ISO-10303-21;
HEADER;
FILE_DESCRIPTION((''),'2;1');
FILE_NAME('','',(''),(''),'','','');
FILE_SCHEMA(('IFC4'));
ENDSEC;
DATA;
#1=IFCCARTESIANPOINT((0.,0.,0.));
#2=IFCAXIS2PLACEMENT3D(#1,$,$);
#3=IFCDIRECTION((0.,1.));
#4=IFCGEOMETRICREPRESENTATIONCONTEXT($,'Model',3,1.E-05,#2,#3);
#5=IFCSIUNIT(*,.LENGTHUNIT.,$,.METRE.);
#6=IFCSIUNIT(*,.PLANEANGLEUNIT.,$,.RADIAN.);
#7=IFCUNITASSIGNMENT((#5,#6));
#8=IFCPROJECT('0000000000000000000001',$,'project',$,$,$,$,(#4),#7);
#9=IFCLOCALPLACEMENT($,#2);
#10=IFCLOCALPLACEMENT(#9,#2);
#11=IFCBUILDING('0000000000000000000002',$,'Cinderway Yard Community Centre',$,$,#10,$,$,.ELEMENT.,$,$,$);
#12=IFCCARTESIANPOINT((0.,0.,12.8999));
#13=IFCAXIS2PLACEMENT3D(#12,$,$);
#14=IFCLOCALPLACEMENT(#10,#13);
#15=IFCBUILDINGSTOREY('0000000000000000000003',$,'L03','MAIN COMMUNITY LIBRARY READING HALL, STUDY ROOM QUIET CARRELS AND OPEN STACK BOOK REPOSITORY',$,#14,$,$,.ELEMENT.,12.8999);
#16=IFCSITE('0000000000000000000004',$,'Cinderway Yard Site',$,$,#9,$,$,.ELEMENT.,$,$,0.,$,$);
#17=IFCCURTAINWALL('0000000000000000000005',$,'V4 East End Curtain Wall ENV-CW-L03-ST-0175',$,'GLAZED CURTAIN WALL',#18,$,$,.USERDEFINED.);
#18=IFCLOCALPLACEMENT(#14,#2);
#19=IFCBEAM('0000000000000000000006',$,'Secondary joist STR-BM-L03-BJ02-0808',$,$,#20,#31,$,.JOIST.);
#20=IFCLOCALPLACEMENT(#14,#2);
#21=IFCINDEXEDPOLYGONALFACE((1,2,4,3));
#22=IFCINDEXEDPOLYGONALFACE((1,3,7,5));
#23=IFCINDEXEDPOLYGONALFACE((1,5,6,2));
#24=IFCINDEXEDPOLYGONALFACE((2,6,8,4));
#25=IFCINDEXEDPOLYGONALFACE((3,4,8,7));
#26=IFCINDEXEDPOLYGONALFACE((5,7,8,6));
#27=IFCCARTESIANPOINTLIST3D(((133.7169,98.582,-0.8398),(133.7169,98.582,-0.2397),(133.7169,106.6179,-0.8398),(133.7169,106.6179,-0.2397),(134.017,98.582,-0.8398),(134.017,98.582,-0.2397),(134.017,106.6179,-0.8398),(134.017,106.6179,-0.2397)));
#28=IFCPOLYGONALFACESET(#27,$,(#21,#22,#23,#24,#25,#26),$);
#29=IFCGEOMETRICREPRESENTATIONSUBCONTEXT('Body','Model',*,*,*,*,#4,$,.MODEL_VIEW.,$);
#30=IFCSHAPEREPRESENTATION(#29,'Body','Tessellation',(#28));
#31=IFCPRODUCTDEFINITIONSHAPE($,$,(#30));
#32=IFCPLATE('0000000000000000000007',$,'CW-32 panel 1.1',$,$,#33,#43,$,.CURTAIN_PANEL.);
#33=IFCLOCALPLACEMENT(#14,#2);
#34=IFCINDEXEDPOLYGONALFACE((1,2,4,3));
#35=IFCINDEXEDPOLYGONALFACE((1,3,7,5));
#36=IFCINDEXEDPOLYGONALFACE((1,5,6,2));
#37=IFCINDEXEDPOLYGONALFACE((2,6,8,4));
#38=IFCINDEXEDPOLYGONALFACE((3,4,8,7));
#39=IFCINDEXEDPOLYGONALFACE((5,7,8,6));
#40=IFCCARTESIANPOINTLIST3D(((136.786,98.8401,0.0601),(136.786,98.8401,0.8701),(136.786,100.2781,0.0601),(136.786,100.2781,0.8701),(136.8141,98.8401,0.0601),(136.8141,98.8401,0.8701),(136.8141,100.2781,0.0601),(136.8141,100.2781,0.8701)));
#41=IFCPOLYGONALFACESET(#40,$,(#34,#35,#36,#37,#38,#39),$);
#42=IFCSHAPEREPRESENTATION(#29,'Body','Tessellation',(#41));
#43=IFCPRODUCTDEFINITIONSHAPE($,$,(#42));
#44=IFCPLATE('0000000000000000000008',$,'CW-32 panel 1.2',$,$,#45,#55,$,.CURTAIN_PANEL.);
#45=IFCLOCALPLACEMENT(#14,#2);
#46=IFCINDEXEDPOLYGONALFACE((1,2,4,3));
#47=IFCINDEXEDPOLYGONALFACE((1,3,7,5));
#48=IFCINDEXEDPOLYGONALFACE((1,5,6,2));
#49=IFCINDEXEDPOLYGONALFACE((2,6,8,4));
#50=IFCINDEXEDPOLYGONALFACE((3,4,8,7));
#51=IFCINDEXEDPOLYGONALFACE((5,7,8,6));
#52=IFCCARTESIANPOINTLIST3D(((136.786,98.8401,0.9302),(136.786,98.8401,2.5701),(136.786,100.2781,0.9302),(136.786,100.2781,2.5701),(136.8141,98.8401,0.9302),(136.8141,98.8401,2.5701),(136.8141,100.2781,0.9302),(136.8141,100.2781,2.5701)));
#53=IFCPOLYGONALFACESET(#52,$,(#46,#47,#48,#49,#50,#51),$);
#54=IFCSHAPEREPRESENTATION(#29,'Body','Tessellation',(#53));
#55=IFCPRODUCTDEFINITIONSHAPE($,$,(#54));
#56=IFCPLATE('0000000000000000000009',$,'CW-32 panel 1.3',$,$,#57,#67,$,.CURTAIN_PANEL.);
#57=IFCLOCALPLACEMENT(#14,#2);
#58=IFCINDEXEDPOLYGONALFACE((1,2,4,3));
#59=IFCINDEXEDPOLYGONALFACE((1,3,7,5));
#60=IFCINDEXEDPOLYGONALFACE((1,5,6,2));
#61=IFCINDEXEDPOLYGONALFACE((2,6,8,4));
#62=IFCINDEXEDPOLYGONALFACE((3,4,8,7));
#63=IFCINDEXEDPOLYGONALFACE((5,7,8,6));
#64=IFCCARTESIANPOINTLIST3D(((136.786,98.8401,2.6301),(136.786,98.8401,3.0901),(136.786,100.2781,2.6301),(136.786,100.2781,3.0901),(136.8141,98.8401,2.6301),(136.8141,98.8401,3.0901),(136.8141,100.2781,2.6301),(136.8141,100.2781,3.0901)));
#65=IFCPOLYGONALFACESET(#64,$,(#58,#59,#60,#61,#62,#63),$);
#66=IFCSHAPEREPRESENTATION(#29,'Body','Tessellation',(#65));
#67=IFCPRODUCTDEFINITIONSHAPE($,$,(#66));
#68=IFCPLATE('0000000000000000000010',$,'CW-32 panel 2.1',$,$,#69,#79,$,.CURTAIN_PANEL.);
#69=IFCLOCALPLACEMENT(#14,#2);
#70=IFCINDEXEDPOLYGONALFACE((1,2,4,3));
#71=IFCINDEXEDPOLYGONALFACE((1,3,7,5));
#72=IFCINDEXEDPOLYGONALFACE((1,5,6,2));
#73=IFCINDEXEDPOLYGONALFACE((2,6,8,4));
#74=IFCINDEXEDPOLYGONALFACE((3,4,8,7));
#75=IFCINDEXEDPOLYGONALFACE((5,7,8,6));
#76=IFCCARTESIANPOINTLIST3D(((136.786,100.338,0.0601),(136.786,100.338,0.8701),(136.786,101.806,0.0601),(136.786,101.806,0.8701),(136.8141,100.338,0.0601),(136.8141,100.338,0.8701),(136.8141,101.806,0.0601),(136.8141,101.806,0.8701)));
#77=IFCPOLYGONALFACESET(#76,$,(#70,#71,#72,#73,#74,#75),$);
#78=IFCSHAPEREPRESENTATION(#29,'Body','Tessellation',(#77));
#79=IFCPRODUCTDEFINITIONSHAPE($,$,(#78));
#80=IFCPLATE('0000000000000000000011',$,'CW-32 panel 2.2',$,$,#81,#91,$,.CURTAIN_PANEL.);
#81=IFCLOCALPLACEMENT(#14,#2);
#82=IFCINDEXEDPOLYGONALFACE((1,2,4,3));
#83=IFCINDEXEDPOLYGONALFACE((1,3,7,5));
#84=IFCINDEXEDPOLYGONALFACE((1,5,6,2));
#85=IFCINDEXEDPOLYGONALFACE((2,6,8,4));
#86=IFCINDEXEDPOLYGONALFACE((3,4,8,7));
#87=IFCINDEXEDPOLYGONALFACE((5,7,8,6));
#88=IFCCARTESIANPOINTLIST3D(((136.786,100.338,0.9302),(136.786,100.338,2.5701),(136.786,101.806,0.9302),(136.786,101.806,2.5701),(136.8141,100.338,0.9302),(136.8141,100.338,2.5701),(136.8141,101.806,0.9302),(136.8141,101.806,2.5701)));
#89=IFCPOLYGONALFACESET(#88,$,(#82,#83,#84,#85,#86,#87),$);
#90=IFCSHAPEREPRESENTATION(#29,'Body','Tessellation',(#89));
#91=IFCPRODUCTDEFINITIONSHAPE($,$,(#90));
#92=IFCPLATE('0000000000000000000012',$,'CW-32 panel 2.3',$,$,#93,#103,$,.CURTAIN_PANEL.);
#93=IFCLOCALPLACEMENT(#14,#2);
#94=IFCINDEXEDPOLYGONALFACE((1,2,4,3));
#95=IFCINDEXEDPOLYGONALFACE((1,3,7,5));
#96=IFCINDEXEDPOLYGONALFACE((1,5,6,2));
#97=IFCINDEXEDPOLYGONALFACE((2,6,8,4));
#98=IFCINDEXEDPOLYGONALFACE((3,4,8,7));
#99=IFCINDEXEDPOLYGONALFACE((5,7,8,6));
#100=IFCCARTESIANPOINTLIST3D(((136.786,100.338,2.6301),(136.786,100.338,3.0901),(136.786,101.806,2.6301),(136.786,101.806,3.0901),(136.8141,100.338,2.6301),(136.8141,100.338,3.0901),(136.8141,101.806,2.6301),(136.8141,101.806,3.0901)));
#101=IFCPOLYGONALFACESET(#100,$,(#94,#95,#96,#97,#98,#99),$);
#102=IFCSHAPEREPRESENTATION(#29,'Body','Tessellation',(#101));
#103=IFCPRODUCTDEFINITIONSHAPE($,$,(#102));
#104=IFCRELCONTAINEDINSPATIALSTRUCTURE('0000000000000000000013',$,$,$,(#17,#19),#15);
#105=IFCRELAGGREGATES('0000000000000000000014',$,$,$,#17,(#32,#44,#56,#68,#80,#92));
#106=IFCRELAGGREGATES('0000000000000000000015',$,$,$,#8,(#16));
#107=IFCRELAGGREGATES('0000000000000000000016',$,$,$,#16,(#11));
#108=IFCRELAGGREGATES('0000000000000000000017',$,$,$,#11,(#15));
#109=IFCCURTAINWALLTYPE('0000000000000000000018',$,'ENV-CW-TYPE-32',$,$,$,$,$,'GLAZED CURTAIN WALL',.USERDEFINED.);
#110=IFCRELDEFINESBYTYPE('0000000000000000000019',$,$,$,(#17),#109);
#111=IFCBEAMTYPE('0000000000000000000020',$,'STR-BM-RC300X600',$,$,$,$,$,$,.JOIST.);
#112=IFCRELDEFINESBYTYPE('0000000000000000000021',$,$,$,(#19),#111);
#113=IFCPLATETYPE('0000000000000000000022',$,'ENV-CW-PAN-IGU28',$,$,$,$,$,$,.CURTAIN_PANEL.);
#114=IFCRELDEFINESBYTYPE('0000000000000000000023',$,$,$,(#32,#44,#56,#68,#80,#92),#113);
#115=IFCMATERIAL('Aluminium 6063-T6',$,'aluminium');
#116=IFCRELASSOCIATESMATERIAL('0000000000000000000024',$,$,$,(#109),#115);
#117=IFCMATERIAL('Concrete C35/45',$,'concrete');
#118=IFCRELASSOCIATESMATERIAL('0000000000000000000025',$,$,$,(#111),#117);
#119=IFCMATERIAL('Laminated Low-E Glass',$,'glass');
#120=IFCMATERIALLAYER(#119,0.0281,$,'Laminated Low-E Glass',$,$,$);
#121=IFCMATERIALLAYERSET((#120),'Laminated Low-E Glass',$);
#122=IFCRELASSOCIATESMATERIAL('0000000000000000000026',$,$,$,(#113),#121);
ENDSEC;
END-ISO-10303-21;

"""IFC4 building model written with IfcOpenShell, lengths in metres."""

from ifc_helpers import new_model, si_unit, direction, frame, origin, origin_2d, place, context, subcontext, project, spatial, rectangle, extrude, material, layer, layer_set, material_profile, profile_set, type_object, element, aggregate, save


model = new_model("IFC4")

# Units and contexts
model_context = context("Model", 3, precision=1e-05, world=origin(), true_north=direction((0.0, 1.0)))
body_context = subcontext(model_context, "Body", "Model", "MODEL_VIEW")
ifc_project = project(units=[si_unit("LENGTHUNIT", "METRE"), si_unit("PLANEANGLEUNIT", "RADIAN")], contexts=[model_context])

# Site, building, storey
site_placement = place(None, origin())
site = spatial("IfcSite", under=ifc_project, at=site_placement, Name="Cinderway Yard Site", CompositionType="ELEMENT", RefElevation=0.0)
building_placement = place(site_placement, origin())
building = spatial("IfcBuilding", under=site, at=building_placement, Name="Cinderway Yard Community Centre", CompositionType="ELEMENT")
storey_placement = place(building_placement, frame((0.0, 0.0, 12.8999)))
storey = spatial("IfcBuildingStorey", under=building, at=storey_placement, Name="L03", Description="MAIN COMMUNITY LIBRARY READING HALL, STUDY ROOM QUIET CARRELS AND OPEN STACK BOOK REPOSITORY", CompositionType="ELEMENT", Elevation=12.8999)

# Curtain wall
ifc_material_1 = material(Name="Aluminium 6063-T6", Category="aluminium")
curtain_wall_type = type_object("IfcCurtainWallType", Name="ENV-CW-TYPE-32", ElementType="GLAZED CURTAIN WALL", PredefinedType="USERDEFINED", material=ifc_material_1)
curtain_wall_placement = place(storey_placement, origin())
curtain_wall = element("IfcCurtainWall", 1, at=curtain_wall_placement, inside=storey, type_object=curtain_wall_type, Name="V4 East End Curtain Wall ENV-CW-L03-ST-0175", ObjectType="GLAZED CURTAIN WALL", PredefinedType="USERDEFINED")

# Beam
ifc_material_2 = material(Name="Concrete C35/45", Category="concrete")
ifc_material_profile_1 = material_profile(ifc_material_2, rectangle(XDim=0.3, YDim=0.6001, at=origin_2d()), Name="Concrete C35/45")
ifc_profile_set_1 = profile_set([ifc_material_profile_1], Name="Concrete C35/45")
beam_type_1 = type_object("IfcBeamType", Name="STR-BM-RC300X600", PredefinedType="JOIST", material=ifc_profile_set_1)
for number, where, z_axis, x_axis, name in (
    (2, (133.8669, 98.582, -0.5398), (0.0, 1.0, 0.0), (-1.0, 0.0, 0.0), "Secondary joist STR-BM-L03-BJ02-0808"),
):
    element("IfcBeam", number, at=place(storey_placement, frame(where, z_axis=z_axis, x_axis=x_axis)), inside=storey, type_object=beam_type_1, Name=name, PredefinedType="JOIST", context=body_context, shape_type="SweptSolid", body=[
        extrude(rectangle(XDim=0.3, YDim=0.6001, at=origin_2d()), origin(), (0.0, 0.0, 1.0), 8.0359),
    ])

# Plates
ifc_material_3 = material(Name="Laminated Low-E Glass", Category="glass")
ifc_layer = layer(ifc_material_3, 0.0281, Name="Laminated Low-E Glass")
ifc_layer_set = layer_set([ifc_layer], Name="Laminated Low-E Glass")
plate_type = type_object("IfcPlateType", Name="ENV-CW-PAN-IGU28", PredefinedType="CURTAIN_PANEL", material=ifc_layer_set)
plate_1_placement = place(storey_placement, frame((136.8, 99.5591, 0.0601), z_axis=(0.0, 0.0, 1.0), x_axis=(0.0, 1.0, 0.0)))
plate_1 = element("IfcPlate", 3, at=plate_1_placement, type_object=plate_type, Name="CW-32 panel 1.1", PredefinedType="CURTAIN_PANEL", context=body_context, shape_type="SweptSolid", body=[
    extrude(rectangle(XDim=1.438, YDim=0.0281, at=origin_2d()), origin(), (0.0, 0.0, 1.0), 0.8101),
])
plate_2_placement = place(storey_placement, frame((136.8, 99.5591, 0.9302), z_axis=(0.0, 0.0, 1.0), x_axis=(0.0, 1.0, 0.0)))
plate_2 = element("IfcPlate", 4, at=plate_2_placement, type_object=plate_type, Name="CW-32 panel 1.2", PredefinedType="CURTAIN_PANEL", context=body_context, shape_type="SweptSolid", body=[
    extrude(rectangle(XDim=1.438, YDim=0.0281, at=origin_2d()), origin(), (0.0, 0.0, 1.0), 1.6399),
])
plate_3_placement = place(storey_placement, frame((136.8, 99.5591, 2.6301), z_axis=(0.0, 0.0, 1.0), x_axis=(0.0, 1.0, 0.0)))
plate_3 = element("IfcPlate", 5, at=plate_3_placement, type_object=plate_type, Name="CW-32 panel 1.3", PredefinedType="CURTAIN_PANEL", context=body_context, shape_type="SweptSolid", body=[
    extrude(rectangle(XDim=1.438, YDim=0.0281, at=origin_2d()), origin(), (0.0, 0.0, 1.0), 0.46),
])
plate_4_placement = place(storey_placement, frame((136.8, 101.072, 0.0601), z_axis=(0.0, 0.0, 1.0), x_axis=(0.0, 1.0, 0.0)))
plate_4 = element("IfcPlate", 6, at=plate_4_placement, type_object=plate_type, Name="CW-32 panel 2.1", PredefinedType="CURTAIN_PANEL", context=body_context, shape_type="SweptSolid", body=[
    extrude(rectangle(XDim=1.468, YDim=0.0281, at=origin_2d()), origin(), (0.0, 0.0, 1.0), 0.8101),
])
plate_5_placement = place(storey_placement, frame((136.8, 101.072, 0.9302), z_axis=(0.0, 0.0, 1.0), x_axis=(0.0, 1.0, 0.0)))
plate_5 = element("IfcPlate", 7, at=plate_5_placement, type_object=plate_type, Name="CW-32 panel 2.2", PredefinedType="CURTAIN_PANEL", context=body_context, shape_type="SweptSolid", body=[
    extrude(rectangle(XDim=1.468, YDim=0.0281, at=origin_2d()), origin(), (0.0, 0.0, 1.0), 1.6399),
])
plate_6_placement = place(storey_placement, frame((136.8, 101.072, 2.6301), z_axis=(0.0, 0.0, 1.0), x_axis=(0.0, 1.0, 0.0)))
plate_6 = element("IfcPlate", 8, at=plate_6_placement, type_object=plate_type, Name="CW-32 panel 2.3", PredefinedType="CURTAIN_PANEL", context=body_context, shape_type="SweptSolid", body=[
    extrude(rectangle(XDim=1.468, YDim=0.0281, at=origin_2d()), origin(), (0.0, 0.0, 1.0), 0.46),
])
aggregate(curtain_wall, [plate_1, plate_2, plate_3, plate_4, plate_5, plate_6])

save(model, "model.ifc")
